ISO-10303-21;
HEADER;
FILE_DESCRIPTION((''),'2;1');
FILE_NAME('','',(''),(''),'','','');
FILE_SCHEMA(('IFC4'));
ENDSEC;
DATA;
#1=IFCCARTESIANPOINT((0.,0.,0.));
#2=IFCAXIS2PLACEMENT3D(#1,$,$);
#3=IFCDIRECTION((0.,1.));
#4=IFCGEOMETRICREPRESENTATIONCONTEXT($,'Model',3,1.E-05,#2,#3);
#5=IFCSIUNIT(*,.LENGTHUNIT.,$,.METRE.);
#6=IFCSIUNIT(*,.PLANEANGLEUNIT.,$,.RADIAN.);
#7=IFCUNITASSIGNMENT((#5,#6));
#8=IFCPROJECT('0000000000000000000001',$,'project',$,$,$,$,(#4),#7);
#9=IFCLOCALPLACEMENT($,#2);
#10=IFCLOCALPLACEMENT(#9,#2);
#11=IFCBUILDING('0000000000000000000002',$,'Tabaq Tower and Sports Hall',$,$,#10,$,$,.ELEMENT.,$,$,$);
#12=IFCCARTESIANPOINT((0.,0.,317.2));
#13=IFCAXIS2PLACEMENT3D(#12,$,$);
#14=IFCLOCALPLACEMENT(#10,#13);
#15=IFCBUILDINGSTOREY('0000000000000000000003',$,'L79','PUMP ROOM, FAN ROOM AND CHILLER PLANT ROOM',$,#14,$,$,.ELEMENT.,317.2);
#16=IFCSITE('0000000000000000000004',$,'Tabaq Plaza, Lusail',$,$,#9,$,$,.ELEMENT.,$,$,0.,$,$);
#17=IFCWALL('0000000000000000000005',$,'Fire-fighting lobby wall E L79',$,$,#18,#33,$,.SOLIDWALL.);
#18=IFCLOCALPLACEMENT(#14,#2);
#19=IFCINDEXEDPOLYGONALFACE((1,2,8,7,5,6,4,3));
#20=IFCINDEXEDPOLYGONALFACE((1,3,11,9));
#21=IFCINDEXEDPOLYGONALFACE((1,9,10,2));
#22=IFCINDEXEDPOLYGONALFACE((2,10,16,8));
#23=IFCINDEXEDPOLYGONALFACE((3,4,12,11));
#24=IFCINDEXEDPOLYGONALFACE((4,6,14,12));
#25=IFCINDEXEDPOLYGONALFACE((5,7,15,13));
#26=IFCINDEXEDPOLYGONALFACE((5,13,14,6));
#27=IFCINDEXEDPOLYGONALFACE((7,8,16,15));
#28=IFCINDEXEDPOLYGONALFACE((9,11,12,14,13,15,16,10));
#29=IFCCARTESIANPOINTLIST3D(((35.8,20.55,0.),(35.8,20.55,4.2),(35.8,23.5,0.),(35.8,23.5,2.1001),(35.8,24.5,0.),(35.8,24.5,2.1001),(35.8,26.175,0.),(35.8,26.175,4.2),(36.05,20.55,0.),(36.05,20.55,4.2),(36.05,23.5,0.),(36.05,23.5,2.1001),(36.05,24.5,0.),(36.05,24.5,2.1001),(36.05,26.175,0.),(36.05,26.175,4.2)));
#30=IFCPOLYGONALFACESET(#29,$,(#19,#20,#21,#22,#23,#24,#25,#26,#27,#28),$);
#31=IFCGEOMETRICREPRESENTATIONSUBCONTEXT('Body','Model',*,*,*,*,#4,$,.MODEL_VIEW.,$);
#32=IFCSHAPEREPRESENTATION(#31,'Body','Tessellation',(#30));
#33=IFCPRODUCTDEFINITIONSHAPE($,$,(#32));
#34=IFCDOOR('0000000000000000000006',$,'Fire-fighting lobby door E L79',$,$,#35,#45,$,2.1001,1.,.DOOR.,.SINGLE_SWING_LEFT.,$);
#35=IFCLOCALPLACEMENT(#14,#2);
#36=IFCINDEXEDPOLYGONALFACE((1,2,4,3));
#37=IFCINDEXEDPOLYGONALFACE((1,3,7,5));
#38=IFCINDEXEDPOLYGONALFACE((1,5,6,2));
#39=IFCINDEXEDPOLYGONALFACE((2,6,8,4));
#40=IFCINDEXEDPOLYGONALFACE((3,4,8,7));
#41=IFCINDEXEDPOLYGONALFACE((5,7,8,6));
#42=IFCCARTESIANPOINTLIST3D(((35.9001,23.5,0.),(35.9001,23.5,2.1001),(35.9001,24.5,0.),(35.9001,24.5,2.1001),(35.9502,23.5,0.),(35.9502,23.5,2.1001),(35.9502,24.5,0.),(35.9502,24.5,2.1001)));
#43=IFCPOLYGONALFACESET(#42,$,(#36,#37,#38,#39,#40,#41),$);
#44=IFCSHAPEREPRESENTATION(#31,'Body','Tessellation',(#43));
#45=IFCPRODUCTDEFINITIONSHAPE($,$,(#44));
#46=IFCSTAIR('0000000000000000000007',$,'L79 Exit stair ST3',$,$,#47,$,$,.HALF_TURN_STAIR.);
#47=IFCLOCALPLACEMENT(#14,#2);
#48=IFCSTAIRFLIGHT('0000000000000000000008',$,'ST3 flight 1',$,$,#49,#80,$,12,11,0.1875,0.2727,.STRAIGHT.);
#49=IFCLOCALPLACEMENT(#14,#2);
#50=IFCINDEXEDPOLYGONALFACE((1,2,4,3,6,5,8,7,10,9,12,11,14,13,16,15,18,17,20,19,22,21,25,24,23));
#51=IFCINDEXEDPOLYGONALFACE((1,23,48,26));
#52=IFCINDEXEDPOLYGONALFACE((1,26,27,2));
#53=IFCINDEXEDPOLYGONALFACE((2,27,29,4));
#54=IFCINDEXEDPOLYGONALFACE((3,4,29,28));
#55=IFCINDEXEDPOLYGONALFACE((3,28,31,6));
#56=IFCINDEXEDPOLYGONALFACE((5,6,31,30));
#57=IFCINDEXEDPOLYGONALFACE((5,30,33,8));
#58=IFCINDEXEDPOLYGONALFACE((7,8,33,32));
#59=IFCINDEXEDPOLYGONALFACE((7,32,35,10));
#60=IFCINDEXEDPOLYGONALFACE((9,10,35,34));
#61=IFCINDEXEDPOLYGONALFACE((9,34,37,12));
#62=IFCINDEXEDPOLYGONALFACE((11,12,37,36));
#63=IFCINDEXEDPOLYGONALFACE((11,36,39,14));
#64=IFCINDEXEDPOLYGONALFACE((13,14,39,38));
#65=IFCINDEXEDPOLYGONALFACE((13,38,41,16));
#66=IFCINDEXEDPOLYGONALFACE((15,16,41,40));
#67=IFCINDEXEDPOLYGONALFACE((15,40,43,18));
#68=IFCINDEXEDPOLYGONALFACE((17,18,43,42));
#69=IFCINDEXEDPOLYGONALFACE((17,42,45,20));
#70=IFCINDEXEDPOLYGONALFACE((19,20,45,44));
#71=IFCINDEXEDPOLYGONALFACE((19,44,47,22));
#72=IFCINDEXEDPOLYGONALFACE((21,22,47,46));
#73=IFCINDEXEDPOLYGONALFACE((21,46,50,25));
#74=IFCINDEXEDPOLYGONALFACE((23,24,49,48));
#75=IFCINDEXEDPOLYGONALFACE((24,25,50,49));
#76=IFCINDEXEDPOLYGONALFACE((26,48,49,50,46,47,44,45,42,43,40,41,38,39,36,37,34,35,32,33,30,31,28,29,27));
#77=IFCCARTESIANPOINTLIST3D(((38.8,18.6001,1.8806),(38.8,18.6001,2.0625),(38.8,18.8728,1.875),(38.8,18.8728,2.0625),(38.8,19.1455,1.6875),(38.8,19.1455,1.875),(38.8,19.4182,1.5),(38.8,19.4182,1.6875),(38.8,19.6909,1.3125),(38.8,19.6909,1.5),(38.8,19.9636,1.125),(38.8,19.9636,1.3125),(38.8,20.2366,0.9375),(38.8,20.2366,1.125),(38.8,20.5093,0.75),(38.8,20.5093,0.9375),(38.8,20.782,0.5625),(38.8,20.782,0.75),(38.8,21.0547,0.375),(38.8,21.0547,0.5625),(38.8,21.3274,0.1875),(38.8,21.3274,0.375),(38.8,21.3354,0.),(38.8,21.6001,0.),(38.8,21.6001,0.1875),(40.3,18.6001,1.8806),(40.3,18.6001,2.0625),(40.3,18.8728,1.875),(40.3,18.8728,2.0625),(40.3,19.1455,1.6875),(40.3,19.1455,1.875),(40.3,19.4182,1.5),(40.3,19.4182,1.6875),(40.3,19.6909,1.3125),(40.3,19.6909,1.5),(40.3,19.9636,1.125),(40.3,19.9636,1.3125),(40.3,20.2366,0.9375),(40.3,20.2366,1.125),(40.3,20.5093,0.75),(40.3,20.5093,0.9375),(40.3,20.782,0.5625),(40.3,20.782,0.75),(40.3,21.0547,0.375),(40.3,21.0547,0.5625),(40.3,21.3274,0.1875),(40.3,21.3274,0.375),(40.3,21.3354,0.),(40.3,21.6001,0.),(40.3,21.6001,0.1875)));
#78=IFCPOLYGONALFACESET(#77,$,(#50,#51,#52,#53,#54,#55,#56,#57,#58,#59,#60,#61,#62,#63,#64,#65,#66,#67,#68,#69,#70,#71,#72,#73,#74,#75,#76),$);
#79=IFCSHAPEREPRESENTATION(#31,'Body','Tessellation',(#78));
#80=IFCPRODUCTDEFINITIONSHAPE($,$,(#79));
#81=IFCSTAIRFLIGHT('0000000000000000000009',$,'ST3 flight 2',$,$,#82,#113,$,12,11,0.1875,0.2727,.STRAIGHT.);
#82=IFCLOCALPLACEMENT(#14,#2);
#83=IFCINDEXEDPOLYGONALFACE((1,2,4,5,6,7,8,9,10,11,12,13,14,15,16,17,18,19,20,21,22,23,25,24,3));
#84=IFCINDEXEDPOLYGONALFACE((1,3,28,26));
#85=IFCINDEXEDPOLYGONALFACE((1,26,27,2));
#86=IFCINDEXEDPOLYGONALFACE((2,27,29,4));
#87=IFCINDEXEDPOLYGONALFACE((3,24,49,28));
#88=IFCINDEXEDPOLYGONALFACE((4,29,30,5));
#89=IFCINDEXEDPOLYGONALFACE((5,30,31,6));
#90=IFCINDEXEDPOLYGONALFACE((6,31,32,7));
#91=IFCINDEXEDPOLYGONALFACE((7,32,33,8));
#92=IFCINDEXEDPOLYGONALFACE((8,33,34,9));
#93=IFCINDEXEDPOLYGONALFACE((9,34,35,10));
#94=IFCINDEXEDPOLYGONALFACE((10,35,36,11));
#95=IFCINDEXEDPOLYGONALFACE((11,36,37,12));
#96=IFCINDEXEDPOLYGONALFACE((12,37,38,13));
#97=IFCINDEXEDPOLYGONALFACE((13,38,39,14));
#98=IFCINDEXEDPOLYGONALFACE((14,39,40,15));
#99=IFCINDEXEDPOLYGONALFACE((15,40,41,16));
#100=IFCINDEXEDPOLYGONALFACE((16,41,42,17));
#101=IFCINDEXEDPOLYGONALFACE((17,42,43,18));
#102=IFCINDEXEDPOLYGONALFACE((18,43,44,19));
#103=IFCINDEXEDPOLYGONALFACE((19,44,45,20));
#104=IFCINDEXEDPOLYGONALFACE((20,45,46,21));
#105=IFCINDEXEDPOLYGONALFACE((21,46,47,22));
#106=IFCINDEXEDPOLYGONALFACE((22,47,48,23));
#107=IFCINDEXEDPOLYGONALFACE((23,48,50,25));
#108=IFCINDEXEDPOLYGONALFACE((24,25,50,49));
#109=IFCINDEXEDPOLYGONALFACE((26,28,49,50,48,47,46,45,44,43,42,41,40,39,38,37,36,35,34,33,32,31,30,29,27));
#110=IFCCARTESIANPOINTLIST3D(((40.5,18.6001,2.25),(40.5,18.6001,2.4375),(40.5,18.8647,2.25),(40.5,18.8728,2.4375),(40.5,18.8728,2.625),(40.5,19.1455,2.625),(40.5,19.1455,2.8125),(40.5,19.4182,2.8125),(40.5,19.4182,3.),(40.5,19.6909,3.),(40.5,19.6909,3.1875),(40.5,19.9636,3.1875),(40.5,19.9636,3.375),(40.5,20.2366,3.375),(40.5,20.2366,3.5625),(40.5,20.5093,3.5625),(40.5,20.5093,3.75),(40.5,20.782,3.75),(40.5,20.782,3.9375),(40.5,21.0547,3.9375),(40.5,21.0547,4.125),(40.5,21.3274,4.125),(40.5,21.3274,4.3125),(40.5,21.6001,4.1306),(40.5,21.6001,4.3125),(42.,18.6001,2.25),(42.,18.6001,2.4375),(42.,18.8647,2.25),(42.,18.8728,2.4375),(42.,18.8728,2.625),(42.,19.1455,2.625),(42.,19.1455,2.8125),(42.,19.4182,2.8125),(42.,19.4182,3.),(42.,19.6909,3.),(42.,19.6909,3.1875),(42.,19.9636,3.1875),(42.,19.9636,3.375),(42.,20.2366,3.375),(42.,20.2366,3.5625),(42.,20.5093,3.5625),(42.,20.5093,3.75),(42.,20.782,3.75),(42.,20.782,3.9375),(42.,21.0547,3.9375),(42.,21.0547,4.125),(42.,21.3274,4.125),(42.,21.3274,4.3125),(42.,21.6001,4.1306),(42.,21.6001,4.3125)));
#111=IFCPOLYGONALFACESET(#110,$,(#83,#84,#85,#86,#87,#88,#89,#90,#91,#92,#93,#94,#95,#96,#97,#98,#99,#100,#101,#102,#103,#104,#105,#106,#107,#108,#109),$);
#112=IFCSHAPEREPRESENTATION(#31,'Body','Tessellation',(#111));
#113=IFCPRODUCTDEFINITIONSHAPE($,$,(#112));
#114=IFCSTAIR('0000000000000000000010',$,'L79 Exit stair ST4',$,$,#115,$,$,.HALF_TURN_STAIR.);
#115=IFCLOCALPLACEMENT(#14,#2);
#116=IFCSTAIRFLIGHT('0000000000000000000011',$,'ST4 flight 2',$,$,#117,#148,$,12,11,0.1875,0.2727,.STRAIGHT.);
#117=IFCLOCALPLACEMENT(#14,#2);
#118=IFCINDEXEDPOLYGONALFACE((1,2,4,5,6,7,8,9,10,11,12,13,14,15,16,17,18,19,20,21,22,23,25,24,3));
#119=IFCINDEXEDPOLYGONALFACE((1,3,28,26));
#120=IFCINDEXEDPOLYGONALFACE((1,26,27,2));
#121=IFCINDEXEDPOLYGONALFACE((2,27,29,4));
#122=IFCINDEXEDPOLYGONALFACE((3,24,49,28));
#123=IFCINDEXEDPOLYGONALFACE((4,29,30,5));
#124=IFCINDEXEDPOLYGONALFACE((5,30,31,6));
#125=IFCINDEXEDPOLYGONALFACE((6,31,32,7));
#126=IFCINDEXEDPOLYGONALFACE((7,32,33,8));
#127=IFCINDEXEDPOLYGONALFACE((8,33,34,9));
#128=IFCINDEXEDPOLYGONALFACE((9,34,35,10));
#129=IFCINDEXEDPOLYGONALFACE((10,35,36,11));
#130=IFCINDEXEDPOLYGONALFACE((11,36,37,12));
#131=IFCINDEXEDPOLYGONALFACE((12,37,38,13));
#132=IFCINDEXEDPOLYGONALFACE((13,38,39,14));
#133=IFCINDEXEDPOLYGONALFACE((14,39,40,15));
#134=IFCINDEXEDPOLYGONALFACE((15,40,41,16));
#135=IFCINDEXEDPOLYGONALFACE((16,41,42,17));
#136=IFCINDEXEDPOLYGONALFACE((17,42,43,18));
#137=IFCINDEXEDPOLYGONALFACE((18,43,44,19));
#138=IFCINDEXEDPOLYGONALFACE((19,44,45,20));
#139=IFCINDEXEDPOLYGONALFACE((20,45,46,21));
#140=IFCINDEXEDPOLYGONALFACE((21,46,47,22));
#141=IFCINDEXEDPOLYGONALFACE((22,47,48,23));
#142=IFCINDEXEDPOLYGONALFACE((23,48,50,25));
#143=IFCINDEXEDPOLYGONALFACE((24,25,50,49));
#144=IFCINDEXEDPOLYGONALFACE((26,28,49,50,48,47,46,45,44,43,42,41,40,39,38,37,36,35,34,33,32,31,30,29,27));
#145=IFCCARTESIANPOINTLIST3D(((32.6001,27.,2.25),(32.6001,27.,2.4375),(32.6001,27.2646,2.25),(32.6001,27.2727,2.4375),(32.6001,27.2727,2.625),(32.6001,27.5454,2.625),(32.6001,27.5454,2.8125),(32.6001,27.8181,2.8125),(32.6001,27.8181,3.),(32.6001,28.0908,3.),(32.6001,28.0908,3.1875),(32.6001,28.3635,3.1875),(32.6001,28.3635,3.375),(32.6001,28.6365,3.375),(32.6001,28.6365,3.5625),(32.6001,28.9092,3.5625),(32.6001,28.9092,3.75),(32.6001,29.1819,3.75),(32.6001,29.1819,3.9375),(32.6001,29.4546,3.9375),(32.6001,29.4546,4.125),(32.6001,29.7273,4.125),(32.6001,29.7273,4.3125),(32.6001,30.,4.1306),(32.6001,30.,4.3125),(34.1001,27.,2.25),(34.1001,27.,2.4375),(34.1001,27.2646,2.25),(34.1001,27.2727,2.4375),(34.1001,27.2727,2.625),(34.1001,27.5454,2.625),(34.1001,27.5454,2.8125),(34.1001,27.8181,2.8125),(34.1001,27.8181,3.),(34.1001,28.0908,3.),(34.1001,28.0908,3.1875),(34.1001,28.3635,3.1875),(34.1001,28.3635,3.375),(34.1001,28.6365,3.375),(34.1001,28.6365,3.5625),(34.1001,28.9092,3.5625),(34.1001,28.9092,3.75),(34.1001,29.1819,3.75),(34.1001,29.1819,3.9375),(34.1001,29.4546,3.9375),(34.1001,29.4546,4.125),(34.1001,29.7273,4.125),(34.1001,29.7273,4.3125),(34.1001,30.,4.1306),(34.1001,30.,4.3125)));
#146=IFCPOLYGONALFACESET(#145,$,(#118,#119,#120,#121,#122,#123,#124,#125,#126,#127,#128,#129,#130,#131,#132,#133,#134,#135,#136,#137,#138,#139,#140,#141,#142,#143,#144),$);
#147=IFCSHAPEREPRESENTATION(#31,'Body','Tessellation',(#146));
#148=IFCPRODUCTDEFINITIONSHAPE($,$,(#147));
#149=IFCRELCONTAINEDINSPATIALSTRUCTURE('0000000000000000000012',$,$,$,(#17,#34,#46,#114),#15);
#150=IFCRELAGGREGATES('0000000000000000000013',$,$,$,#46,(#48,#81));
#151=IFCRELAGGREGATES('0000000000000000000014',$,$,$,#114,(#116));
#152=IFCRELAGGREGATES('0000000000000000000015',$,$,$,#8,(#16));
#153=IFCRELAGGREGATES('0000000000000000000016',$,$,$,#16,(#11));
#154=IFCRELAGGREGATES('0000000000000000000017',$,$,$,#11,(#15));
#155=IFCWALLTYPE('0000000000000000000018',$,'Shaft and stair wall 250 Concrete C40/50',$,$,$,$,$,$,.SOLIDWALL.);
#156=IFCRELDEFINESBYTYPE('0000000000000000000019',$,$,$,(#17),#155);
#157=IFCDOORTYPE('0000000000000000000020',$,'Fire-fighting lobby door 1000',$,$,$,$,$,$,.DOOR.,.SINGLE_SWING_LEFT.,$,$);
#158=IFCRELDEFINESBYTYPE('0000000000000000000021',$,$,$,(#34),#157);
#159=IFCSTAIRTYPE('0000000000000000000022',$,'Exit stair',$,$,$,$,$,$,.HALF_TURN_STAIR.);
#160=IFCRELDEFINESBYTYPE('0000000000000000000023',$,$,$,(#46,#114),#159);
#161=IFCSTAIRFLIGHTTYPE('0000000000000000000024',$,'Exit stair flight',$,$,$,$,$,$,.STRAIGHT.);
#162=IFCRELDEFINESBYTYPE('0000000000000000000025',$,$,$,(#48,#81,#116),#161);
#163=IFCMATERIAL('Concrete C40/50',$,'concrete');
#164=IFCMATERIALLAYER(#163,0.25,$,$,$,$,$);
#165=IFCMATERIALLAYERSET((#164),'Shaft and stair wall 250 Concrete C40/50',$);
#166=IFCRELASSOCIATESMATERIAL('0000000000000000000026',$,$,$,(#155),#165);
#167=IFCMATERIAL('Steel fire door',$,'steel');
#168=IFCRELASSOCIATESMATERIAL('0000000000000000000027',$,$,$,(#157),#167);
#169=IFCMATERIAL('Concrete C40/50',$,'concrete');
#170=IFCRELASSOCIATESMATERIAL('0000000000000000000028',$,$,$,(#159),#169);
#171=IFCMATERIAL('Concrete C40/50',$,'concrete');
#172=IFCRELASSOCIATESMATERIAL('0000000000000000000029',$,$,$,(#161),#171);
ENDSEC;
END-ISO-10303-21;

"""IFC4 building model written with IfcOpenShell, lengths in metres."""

from ifc_helpers import new_model, si_unit, direction, frame, frame_2d, origin, place, context, subcontext, project, spatial, polyline, rectangle, outline, extrude, material, layer, layer_set, type_object, element, fill, aggregate, save


model = new_model("IFC4")

# Units and contexts
model_context = context("Model", 3, precision=1e-05, world=origin(), true_north=direction((0.0, 1.0)))
body_context = subcontext(model_context, "Body", "Model", "MODEL_VIEW")
ifc_project = project(units=[si_unit("LENGTHUNIT", "METRE"), si_unit("PLANEANGLEUNIT", "RADIAN")], contexts=[model_context])

# Site, building, storey
site_placement = place(None, origin())
site = spatial("IfcSite", under=ifc_project, at=site_placement, Name="Tabaq Plaza, Lusail", CompositionType="ELEMENT", RefElevation=0.0)
building_placement = place(site_placement, origin())
building = spatial("IfcBuilding", under=site, at=building_placement, Name="Tabaq Tower and Sports Hall", CompositionType="ELEMENT")
storey_placement = place(building_placement, frame((0.0, 0.0, 317.2)))
storey = spatial("IfcBuildingStorey", under=building, at=storey_placement, Name="L79", Description="PUMP ROOM, FAN ROOM AND CHILLER PLANT ROOM", CompositionType="ELEMENT", Elevation=317.2)

# Shared definitions
ifc_material_1 = material(Name="Concrete C40/50", Category="concrete")
ifc_layer_1 = layer(ifc_material_1, 0.25)
ifc_layer_set_1 = layer_set([ifc_layer_1], Name="Shaft and stair wall 250 Concrete C40/50")
wall_type_1 = type_object("IfcWallType", Name="Shaft and stair wall 250 Concrete C40/50", PredefinedType="SOLIDWALL", material=ifc_layer_set_1)

# Wall, opening, door
wall_1_placement = place(storey_placement, frame((35.925, 20.55, 0.0), z_axis=(0.0, 0.0, 1.0), x_axis=(0.0, 1.0, 0.0)))
wall_1 = element("IfcWall", 1, at=wall_1_placement, inside=storey, type_object=wall_type_1, Name="Fire-fighting lobby wall E L79", PredefinedType="SOLIDWALL", context=body_context, shape_type="SweptSolid", body=[
    extrude(rectangle(XDim=5.625, YDim=0.25, at=frame_2d((2.8125, 0.0))), origin(), (0.0, 0.0, 1.0), 4.2),
])
opening_1_placement = place(wall_1_placement, frame((2.95, 0.0, 0.0)))
opening_1 = element("IfcOpeningElement", 2, at=opening_1_placement, cuts=wall_1, PredefinedType="OPENING", context=body_context, shape_type="SweptSolid", body=[
    extrude(rectangle(XDim=1.0, YDim=2.1001, at=frame_2d((0.5, 1.05))), frame((0.0, 0.125, 0.0), z_axis=(0.0, -1.0, 0.0), x_axis=(1.0, 0.0, 0.0)), (0.0, 0.0, 1.0), 0.25),
])
ifc_material_2 = material(Name="Steel fire door", Category="steel")
door_type_1 = type_object("IfcDoorType", Name="Fire-fighting lobby door 1000", OperationType="SINGLE_SWING_LEFT", PredefinedType="DOOR", material=ifc_material_2)
door_1_placement = place(opening_1_placement, origin())
door_1 = element("IfcDoor", 3, at=door_1_placement, inside=storey, type_object=door_type_1, Name="Fire-fighting lobby door E L79", OperationType="SINGLE_SWING_LEFT", OverallHeight=2.1001, OverallWidth=1.0, PredefinedType="DOOR", context=body_context, shape_type="SweptSolid", body=[
    extrude(rectangle(XDim=1.0, YDim=2.1001, at=frame_2d((0.5, 1.05))), frame((0.0, 0.0249, 0.0), z_axis=(0.0, -1.0, 0.0), x_axis=(1.0, 0.0, 0.0)), (0.0, 0.0, 1.0), 0.05),
])
fill(opening_1, door_1)

# Stair, stair flights
ifc_material_3 = material(Name="Concrete C40/50", Category="concrete")
stair_type = type_object("IfcStairType", Name="Exit stair", PredefinedType="HALF_TURN_STAIR", material=ifc_material_3)
stair_1_placement = place(storey_placement, origin())
stair_1 = element("IfcStair", 4, at=stair_1_placement, inside=storey, type_object=stair_type, Name="L79 Exit stair ST3", PredefinedType="HALF_TURN_STAIR")
ifc_material_4 = material(Name="Concrete C40/50", Category="concrete")
stair_flight_type = type_object("IfcStairFlightType", Name="Exit stair flight", PredefinedType="STRAIGHT", material=ifc_material_4)
stair_flight_1_placement = place(storey_placement, frame((39.55, 21.6001, 0.0), z_axis=(0.0, 0.0, 1.0), x_axis=(0.0, -1.0, 0.0)))
stair_flight_1 = element("IfcStairFlight", 5, at=stair_flight_1_placement, type_object=stair_flight_type, Name="ST3 flight 1", NumberOfRisers=12, NumberOfTreads=11, PredefinedType="STRAIGHT", RiserHeight=0.1875, TreadLength=0.2727, context=body_context, shape_type="SweptSolid", body=[
    extrude(outline(polyline([(0.0, 0.0), (0.0, 0.1875), (0.2727, 0.1875), (0.2727, 0.375), (0.5454, 0.375), (0.5454, 0.5625), (0.8181, 0.5625), (0.8181, 0.75), (1.0908, 0.75), (1.0908, 0.9375), (1.3635, 0.9375), (1.3635, 1.125), (1.6365, 1.125), (1.6365, 1.3125), (1.9092, 1.3125), (1.9092, 1.5), (2.1819, 1.5), (2.1819, 1.6875), (2.4546, 1.6875), (2.4546, 1.875), (2.7273, 1.875), (2.7273, 2.0625), (3.0, 2.0625), (3.0, 2.25), (3.0, 1.8806), (0.2646, 0.0), (0.0, 0.0)])), frame((0.0, 0.75, 0.0), z_axis=(0.0, -1.0, 0.0), x_axis=(1.0, 0.0, 0.0)), (0.0, 0.0, 1.0), 1.5),
])
stair_flight_2_placement = place(storey_placement, frame((41.25, 18.6001, 2.25), z_axis=(0.0, 0.0, 1.0), x_axis=(0.0, 1.0, 0.0)))
stair_flight_2 = element("IfcStairFlight", 6, at=stair_flight_2_placement, type_object=stair_flight_type, Name="ST3 flight 2", NumberOfRisers=12, NumberOfTreads=11, PredefinedType="STRAIGHT", RiserHeight=0.1875, TreadLength=0.2727, context=body_context, shape_type="SweptSolid", body=[
    extrude(outline(polyline([(0.0, 0.0), (0.0, 0.1875), (0.2727, 0.1875), (0.2727, 0.375), (0.5454, 0.375), (0.5454, 0.5625), (0.8181, 0.5625), (0.8181, 0.75), (1.0908, 0.75), (1.0908, 0.9375), (1.3635, 0.9375), (1.3635, 1.125), (1.6365, 1.125), (1.6365, 1.3125), (1.9092, 1.3125), (1.9092, 1.5), (2.1819, 1.5), (2.1819, 1.6875), (2.4546, 1.6875), (2.4546, 1.875), (2.7273, 1.875), (2.7273, 2.0625), (3.0, 2.0625), (3.0, 2.25), (3.0, 1.8806), (0.2646, 0.0), (0.0, 0.0)])), frame((0.0, 0.75, 0.0), z_axis=(0.0, -1.0, 0.0), x_axis=(1.0, 0.0, 0.0)), (0.0, 0.0, 1.0), 1.5),
])
aggregate(stair_1, [stair_flight_1, stair_flight_2])

# Stair, stair flight
stair_2_placement = place(storey_placement, origin())
stair_2 = element("IfcStair", 7, at=stair_2_placement, inside=storey, type_object=stair_type, Name="L79 Exit stair ST4", PredefinedType="HALF_TURN_STAIR")
stair_flight_3_placement = place(storey_placement, frame((33.3501, 27.0, 2.25), z_axis=(0.0, 0.0, 1.0), x_axis=(0.0, 1.0, 0.0)))
stair_flight_3 = element("IfcStairFlight", 8, at=stair_flight_3_placement, type_object=stair_flight_type, Name="ST4 flight 2", NumberOfRisers=12, NumberOfTreads=11, PredefinedType="STRAIGHT", RiserHeight=0.1875, TreadLength=0.2727, context=body_context, shape_type="SweptSolid", body=[
    extrude(outline(polyline([(0.0, 0.0), (0.0, 0.1875), (0.2727, 0.1875), (0.2727, 0.375), (0.5454, 0.375), (0.5454, 0.5625), (0.8181, 0.5625), (0.8181, 0.75), (1.0908, 0.75), (1.0908, 0.9375), (1.3635, 0.9375), (1.3635, 1.125), (1.6365, 1.125), (1.6365, 1.3125), (1.9092, 1.3125), (1.9092, 1.5), (2.1819, 1.5), (2.1819, 1.6875), (2.4546, 1.6875), (2.4546, 1.875), (2.7273, 1.875), (2.7273, 2.0625), (3.0, 2.0625), (3.0, 2.25), (3.0, 1.8806), (0.2646, 0.0), (0.0, 0.0)])), frame((0.0, 0.75, 0.0), z_axis=(0.0, -1.0, 0.0), x_axis=(1.0, 0.0, 0.0)), (0.0, 0.0, 1.0), 1.5),
])
aggregate(stair_2, [stair_flight_3])

save(model, "model.ifc")
